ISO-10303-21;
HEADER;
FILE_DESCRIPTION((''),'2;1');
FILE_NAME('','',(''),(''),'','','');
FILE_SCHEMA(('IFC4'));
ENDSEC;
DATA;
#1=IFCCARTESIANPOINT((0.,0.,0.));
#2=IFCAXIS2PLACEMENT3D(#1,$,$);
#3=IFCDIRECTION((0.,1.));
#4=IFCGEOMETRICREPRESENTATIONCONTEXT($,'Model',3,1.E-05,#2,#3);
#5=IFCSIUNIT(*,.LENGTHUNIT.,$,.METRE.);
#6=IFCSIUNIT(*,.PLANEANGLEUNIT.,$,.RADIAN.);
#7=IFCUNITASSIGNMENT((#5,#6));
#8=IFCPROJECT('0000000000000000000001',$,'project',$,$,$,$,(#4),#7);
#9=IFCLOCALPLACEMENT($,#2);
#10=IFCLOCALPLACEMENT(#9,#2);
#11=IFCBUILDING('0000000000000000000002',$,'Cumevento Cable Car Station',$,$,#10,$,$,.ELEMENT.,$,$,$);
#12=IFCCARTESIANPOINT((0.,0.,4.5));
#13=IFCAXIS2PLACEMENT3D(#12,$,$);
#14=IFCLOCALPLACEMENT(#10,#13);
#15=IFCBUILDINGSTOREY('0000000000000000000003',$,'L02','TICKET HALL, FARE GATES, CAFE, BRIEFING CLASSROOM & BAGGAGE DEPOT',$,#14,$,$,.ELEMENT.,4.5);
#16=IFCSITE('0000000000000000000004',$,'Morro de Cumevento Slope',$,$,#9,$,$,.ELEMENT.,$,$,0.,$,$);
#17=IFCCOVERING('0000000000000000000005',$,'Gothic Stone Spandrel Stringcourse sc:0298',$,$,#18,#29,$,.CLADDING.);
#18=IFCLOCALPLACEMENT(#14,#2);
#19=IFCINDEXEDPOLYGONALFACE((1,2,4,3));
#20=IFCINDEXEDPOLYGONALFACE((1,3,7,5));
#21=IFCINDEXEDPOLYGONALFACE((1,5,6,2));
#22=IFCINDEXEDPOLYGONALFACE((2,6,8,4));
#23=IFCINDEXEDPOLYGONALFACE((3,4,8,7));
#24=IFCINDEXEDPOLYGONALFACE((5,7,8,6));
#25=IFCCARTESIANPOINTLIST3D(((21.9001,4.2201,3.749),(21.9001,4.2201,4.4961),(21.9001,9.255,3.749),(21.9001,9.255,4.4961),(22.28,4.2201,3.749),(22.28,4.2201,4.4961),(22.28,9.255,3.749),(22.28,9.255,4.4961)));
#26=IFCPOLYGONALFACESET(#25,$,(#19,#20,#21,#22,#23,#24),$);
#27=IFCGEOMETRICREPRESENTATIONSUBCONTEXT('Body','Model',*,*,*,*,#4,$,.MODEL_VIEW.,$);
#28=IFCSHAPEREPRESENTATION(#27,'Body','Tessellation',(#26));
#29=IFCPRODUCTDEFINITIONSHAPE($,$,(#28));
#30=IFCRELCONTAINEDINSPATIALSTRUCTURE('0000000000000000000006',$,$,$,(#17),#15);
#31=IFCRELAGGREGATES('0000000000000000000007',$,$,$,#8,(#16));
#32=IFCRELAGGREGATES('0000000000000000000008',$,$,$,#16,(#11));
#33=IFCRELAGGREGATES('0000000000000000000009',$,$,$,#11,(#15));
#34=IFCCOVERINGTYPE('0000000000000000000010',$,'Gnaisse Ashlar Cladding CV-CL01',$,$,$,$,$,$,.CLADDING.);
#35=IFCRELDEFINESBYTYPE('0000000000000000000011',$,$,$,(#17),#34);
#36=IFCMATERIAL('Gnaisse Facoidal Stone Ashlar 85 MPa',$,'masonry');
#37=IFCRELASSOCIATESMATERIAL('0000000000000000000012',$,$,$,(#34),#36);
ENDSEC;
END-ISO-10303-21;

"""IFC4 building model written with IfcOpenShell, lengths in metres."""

from ifc_helpers import new_model, si_unit, direction, frame, origin, origin_2d, place, context, subcontext, project, spatial, rectangle, extrude, material, type_object, element, save


model = new_model("IFC4")

# Units and contexts
model_context = context("Model", 3, precision=1e-05, world=origin(), true_north=direction((0.0, 1.0)))
body_context = subcontext(model_context, "Body", "Model", "MODEL_VIEW")
ifc_project = project(units=[si_unit("LENGTHUNIT", "METRE"), si_unit("PLANEANGLEUNIT", "RADIAN")], contexts=[model_context])

# Site, building, storey
site_placement = place(None, origin())
site = spatial("IfcSite", under=ifc_project, at=site_placement, Name="Morro de Cumevento Slope", CompositionType="ELEMENT", RefElevation=0.0)
building_placement = place(site_placement, origin())
building = spatial("IfcBuilding", under=site, at=building_placement, Name="Cumevento Cable Car Station", CompositionType="ELEMENT")
storey_placement = place(building_placement, frame((0.0, 0.0, 4.5)))
storey = spatial("IfcBuildingStorey", under=building, at=storey_placement, Name="L02", Description="TICKET HALL, FARE GATES, CAFE, BRIEFING CLASSROOM & BAGGAGE DEPOT", CompositionType="ELEMENT", Elevation=4.5)

# Covering
ifc_material_1 = material(Name="Gnaisse Facoidal Stone Ashlar 85 MPa", Category="masonry")
covering_type = type_object("IfcCoveringType", Name="Gnaisse Ashlar Cladding CV-CL01", PredefinedType="CLADDING", material=ifc_material_1)
covering_1_placement = place(storey_placement, frame((22.0901, 6.7375, 3.749), z_axis=(0.0, 0.0, 1.0), x_axis=(0.0, 1.0, 0.0)))
element("IfcCovering", 1, at=covering_1_placement, inside=storey, type_object=covering_type, Name="Gothic Stone Spandrel Stringcourse sc:0298", PredefinedType="CLADDING", context=body_context, shape_type="SweptSolid", body=[
    extrude(rectangle(XDim=5.0349, YDim=0.3799, at=origin_2d()), origin(), (0.0, 0.0, 1.0), 0.7471),
])

save(model, "model.ifc")
